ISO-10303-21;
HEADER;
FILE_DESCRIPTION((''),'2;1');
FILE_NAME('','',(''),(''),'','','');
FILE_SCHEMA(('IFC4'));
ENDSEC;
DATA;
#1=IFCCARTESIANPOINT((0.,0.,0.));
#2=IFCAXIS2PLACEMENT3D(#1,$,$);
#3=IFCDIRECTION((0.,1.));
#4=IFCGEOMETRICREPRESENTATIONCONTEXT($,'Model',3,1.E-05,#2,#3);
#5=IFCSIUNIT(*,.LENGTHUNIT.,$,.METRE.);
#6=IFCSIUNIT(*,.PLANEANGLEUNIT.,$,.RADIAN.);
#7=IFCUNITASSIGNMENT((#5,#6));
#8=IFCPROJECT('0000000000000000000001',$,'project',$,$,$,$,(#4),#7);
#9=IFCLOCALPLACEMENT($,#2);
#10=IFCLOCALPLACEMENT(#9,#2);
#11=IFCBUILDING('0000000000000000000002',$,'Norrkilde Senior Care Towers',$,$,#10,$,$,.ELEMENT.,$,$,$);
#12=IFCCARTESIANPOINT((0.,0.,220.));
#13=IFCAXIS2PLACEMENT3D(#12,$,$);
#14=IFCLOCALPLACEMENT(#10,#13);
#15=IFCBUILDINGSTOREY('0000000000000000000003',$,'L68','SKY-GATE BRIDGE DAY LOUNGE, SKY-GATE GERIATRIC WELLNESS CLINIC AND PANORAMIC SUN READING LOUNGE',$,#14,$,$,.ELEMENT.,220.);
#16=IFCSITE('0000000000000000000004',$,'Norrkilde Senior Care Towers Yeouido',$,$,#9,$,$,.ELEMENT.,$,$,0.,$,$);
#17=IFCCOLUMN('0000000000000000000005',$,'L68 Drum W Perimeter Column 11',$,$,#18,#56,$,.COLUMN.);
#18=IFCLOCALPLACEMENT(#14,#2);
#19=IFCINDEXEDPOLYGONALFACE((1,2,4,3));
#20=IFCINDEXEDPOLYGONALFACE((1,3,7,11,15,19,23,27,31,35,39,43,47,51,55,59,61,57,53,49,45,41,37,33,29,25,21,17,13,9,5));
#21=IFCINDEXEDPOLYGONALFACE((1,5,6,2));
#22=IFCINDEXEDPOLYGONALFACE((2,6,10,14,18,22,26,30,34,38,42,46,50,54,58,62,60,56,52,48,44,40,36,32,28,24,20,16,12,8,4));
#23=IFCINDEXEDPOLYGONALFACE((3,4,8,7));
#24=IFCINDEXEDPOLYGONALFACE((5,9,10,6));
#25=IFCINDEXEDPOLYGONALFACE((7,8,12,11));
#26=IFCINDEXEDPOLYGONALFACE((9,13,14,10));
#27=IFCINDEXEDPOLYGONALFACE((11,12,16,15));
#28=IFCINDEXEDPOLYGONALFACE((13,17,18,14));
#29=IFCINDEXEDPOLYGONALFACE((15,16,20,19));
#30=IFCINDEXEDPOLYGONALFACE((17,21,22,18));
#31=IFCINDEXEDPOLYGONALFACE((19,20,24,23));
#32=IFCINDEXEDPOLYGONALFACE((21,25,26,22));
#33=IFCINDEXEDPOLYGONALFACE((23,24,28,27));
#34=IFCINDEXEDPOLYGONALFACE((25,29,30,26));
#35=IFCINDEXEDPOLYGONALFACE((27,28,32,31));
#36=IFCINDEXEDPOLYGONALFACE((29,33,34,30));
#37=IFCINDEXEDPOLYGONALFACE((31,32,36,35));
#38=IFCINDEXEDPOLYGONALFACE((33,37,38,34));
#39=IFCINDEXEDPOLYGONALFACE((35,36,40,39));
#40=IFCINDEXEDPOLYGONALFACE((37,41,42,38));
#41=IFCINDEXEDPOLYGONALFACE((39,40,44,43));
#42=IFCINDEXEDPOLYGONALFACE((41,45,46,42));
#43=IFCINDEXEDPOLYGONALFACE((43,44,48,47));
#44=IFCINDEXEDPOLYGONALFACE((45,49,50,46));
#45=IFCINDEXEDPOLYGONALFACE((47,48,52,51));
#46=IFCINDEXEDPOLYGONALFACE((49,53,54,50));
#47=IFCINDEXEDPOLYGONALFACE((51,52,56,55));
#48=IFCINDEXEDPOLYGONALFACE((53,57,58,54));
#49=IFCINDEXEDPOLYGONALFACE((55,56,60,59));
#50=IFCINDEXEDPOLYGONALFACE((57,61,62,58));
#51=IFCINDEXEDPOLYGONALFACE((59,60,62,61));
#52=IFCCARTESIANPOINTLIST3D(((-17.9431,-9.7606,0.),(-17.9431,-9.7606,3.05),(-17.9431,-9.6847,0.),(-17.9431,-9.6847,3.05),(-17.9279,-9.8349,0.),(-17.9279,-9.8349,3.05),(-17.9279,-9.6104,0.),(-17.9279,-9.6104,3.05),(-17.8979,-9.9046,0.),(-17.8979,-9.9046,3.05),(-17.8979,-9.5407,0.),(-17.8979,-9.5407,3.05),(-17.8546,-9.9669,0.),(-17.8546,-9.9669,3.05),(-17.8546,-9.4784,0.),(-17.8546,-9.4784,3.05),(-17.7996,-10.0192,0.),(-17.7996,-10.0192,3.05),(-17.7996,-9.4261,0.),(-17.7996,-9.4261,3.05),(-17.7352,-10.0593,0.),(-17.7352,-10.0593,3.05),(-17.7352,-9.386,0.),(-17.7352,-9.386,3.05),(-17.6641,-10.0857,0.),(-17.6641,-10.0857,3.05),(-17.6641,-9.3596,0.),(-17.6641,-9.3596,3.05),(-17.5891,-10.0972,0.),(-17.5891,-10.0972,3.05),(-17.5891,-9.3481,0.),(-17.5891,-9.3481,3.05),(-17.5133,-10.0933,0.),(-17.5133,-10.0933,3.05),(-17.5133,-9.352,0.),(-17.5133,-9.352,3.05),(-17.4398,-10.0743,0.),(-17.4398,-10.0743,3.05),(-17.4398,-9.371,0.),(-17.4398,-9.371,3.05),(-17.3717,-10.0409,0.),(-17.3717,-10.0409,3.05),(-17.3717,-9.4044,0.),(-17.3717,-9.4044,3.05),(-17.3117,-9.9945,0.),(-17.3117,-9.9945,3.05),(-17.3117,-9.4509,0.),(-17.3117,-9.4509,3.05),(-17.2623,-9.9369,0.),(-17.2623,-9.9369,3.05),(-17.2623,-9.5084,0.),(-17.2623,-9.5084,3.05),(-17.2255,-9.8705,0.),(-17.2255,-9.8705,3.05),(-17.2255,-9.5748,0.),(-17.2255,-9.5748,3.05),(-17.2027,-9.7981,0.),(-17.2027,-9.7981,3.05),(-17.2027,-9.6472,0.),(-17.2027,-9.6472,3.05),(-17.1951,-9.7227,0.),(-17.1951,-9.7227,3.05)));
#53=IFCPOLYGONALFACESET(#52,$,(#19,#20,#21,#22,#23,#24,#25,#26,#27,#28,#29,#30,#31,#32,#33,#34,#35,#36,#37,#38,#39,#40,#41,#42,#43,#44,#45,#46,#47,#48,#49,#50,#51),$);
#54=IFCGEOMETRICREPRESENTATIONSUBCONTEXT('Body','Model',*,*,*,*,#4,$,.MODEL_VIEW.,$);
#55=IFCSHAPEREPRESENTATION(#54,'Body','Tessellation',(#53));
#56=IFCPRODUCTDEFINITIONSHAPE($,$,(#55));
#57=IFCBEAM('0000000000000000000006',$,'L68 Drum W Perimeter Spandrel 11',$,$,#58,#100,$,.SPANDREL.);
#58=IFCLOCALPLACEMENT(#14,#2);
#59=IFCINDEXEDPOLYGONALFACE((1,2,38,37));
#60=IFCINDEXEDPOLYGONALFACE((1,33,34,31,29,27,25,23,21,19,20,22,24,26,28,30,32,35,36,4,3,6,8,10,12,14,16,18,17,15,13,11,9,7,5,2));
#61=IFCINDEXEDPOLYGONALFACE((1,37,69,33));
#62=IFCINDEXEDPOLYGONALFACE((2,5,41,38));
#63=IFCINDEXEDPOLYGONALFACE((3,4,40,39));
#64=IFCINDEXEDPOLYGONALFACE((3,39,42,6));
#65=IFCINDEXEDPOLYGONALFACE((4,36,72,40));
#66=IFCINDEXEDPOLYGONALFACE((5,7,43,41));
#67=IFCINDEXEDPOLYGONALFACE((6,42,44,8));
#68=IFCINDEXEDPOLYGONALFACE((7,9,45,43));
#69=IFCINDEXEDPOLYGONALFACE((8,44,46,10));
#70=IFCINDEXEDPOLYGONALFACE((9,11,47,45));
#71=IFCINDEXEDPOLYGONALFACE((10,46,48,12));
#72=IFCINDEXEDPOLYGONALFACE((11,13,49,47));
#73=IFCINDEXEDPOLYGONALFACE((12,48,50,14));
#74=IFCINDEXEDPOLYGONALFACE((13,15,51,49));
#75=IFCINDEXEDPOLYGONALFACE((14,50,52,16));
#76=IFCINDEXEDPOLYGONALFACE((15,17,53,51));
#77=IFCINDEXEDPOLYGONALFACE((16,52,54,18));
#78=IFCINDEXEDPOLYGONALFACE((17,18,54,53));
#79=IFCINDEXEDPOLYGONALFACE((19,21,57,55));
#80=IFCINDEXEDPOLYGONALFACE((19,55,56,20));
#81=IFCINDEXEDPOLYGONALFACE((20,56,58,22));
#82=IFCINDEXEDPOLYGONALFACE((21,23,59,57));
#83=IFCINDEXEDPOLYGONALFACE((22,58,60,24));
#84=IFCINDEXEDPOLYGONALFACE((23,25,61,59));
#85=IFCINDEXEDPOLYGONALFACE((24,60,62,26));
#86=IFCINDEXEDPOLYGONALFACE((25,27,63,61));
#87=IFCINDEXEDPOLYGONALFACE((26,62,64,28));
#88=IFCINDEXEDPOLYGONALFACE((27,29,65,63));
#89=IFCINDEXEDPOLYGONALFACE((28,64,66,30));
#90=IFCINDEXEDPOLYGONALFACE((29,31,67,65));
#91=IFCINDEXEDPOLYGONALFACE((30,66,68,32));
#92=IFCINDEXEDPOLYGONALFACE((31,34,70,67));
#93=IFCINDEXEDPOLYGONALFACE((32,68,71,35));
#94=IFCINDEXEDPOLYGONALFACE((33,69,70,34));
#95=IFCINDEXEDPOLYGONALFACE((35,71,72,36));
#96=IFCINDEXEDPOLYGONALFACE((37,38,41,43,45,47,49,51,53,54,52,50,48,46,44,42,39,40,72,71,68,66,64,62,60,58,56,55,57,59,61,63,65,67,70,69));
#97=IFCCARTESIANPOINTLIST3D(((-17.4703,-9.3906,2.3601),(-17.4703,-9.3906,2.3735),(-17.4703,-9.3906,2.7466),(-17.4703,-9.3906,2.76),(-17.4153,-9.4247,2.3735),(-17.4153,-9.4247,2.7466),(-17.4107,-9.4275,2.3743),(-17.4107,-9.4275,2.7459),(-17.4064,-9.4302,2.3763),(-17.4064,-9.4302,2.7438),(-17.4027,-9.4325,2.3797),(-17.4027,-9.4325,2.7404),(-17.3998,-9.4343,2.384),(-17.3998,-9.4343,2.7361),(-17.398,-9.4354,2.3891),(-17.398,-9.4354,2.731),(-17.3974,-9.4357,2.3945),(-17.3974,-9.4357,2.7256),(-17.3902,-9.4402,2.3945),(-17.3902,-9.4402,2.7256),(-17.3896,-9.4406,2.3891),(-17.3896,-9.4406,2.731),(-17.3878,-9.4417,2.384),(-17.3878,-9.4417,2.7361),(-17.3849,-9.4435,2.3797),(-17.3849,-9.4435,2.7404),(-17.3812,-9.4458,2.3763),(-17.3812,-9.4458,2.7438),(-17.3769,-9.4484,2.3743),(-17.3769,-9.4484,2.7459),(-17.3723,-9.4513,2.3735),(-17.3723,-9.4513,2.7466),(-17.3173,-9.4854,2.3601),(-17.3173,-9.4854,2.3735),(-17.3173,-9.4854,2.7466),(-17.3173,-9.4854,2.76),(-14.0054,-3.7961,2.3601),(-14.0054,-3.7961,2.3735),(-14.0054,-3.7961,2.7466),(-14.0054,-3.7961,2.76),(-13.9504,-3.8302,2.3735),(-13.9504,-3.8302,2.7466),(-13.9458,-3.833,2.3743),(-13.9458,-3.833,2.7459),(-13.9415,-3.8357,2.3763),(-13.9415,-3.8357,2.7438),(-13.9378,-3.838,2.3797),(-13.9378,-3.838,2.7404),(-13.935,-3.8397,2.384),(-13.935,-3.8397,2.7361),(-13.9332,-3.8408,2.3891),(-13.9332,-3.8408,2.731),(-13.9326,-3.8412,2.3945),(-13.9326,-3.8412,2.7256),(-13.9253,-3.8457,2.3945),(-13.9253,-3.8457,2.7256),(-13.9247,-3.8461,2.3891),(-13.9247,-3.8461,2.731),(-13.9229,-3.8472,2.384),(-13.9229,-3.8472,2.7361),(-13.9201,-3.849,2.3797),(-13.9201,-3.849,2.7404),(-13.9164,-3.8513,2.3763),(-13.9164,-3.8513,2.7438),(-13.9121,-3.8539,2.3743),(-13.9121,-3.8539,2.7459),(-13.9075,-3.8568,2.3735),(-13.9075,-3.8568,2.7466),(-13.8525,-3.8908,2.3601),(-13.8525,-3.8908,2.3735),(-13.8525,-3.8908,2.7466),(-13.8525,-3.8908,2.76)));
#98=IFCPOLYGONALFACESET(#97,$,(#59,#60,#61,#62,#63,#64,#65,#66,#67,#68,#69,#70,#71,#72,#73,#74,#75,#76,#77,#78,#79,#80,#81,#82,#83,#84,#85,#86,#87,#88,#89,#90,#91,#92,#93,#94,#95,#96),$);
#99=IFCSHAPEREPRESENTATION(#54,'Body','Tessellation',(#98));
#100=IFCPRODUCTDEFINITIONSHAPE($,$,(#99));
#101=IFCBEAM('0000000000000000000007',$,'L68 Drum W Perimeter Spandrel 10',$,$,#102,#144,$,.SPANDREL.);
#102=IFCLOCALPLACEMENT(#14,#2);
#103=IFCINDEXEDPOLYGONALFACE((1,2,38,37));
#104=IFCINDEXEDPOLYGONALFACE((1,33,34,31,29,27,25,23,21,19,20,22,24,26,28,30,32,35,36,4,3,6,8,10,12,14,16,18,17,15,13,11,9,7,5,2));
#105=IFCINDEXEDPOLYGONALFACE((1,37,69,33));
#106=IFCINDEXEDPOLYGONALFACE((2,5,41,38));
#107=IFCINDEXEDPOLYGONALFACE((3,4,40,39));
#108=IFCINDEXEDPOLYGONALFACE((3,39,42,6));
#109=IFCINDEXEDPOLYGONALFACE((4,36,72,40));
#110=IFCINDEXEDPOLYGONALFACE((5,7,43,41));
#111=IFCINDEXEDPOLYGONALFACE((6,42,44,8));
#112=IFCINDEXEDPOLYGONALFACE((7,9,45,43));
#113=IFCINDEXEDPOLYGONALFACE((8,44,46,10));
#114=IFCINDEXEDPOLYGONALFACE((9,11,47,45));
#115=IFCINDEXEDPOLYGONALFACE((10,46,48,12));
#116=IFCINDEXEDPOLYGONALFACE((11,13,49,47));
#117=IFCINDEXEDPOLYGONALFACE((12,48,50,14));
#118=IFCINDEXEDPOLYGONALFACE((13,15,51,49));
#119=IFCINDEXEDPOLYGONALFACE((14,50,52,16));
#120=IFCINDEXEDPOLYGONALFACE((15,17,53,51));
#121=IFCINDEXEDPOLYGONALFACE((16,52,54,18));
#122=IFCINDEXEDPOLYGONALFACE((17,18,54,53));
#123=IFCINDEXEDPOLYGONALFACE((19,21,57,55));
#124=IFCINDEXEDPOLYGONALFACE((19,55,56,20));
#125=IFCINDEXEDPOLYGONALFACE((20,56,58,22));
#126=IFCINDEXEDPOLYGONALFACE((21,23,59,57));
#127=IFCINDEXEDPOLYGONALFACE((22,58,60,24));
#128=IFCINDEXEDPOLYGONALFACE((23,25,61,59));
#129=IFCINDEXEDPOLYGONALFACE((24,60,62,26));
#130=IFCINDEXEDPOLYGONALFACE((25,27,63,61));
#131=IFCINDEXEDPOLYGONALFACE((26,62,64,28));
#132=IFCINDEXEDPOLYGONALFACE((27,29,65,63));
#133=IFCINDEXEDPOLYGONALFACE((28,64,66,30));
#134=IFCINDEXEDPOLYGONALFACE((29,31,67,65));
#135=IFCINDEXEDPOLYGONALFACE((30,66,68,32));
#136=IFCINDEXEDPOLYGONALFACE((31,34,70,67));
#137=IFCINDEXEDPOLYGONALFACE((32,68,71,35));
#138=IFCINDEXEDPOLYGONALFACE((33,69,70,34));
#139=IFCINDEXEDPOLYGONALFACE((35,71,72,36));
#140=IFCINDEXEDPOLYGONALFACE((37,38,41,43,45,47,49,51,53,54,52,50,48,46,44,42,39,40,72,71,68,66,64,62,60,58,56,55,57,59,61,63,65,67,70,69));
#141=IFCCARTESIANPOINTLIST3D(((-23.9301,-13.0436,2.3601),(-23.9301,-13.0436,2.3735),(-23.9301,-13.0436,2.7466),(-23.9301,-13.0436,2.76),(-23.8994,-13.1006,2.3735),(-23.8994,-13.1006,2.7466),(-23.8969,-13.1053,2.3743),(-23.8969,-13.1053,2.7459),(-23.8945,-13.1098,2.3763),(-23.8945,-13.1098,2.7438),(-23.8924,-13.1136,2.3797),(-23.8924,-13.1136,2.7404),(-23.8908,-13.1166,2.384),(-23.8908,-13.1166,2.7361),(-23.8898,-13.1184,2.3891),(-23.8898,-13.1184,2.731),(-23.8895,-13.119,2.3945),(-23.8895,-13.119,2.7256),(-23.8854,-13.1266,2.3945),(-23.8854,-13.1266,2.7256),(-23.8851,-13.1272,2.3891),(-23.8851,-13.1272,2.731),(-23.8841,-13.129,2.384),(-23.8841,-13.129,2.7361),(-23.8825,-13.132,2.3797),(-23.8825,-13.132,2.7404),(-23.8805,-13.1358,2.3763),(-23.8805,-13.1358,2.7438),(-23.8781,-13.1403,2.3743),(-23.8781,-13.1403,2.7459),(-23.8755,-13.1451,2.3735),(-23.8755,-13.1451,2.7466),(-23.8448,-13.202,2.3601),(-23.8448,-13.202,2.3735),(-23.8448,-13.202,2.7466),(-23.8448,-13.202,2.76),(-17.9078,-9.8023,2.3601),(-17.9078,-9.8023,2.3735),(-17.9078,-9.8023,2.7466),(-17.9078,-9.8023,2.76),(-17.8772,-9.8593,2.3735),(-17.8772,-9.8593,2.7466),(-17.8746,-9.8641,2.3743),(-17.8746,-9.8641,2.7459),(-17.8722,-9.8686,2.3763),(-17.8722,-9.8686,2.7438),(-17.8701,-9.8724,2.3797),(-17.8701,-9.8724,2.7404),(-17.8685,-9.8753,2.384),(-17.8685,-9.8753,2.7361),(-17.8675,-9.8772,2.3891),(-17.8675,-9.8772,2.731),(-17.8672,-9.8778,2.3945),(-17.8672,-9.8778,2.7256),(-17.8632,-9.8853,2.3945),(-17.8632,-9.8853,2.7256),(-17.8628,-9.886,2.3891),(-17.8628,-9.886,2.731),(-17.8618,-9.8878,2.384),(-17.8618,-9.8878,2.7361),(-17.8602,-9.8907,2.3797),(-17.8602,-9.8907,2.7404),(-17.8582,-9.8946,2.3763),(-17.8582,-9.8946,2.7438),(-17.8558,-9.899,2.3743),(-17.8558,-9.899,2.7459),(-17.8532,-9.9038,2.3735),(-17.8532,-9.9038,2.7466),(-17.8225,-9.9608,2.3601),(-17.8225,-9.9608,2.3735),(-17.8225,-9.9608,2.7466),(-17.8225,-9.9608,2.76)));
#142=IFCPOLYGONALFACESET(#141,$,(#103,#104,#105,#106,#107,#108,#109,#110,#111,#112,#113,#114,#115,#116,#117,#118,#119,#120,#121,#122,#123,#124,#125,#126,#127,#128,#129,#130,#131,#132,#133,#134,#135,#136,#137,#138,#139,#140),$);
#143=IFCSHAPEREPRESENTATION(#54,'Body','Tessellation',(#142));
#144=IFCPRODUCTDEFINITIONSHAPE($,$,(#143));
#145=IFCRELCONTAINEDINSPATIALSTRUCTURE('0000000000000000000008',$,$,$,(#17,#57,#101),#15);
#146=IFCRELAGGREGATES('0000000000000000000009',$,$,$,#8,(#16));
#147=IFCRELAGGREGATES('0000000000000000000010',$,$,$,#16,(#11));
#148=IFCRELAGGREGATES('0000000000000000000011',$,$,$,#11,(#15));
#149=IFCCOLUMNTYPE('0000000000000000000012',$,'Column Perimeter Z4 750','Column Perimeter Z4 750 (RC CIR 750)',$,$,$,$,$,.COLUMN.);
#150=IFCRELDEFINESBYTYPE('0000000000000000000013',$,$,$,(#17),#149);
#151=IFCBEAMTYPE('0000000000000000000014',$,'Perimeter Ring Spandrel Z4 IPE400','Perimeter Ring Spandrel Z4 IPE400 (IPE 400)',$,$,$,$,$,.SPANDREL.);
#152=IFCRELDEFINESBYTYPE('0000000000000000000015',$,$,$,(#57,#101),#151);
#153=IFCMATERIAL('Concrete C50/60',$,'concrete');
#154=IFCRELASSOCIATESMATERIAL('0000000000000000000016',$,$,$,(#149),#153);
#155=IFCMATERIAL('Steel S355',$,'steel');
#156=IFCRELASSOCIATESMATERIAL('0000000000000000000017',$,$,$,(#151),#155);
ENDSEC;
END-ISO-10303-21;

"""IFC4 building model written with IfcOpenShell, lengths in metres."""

from ifc_helpers import new_model, si_unit, direction, frame, origin, origin_2d, place, context, subcontext, project, spatial, circle, i_section, extrude, source, transform, mapped, material, material_profile, profile_set, type_object, type_shapes, element, save


model = new_model("IFC4")

# Units and contexts
model_context = context("Model", 3, precision=1e-05, world=origin(), true_north=direction((0.0, 1.0)))
body_context = subcontext(model_context, "Body", "Model", "MODEL_VIEW")
ifc_project = project(units=[si_unit("LENGTHUNIT", "METRE"), si_unit("PLANEANGLEUNIT", "RADIAN")], contexts=[model_context])

# Site, building, storey
site_placement = place(None, origin())
site = spatial("IfcSite", under=ifc_project, at=site_placement, Name="Norrkilde Senior Care Towers Yeouido", CompositionType="ELEMENT", RefElevation=0.0)
building_placement = place(site_placement, origin())
building = spatial("IfcBuilding", under=site, at=building_placement, Name="Norrkilde Senior Care Towers", CompositionType="ELEMENT")
storey_placement = place(building_placement, frame((0.0, 0.0, 220.0)))
storey = spatial("IfcBuildingStorey", under=building, at=storey_placement, Name="L68", Description="SKY-GATE BRIDGE DAY LOUNGE, SKY-GATE GERIATRIC WELLNESS CLINIC AND PANORAMIC SUN READING LOUNGE", CompositionType="ELEMENT", Elevation=220.0)

# Column
ifc_material_1 = material(Name="Concrete C50/60", Category="concrete")
ifc_material_profile_1 = material_profile(ifc_material_1, circle(Radius=0.375, at=origin_2d()), Name="RC CIR 750")
ifc_profile_set_1 = profile_set([ifc_material_profile_1], Name="Concrete C50/60")
column_type = type_object("IfcColumnType", Name="Column Perimeter Z4 750", Description="Column Perimeter Z4 750 (RC CIR 750)", PredefinedType="COLUMN", material=ifc_profile_set_1)
shared_shape_1 = source(origin(), body_context, "Body", "SweptSolid", [
    extrude(circle(Radius=0.375, at=origin_2d()), origin(), (0.0, 0.0, 1.0), 3.05),
])
type_shapes(column_type, [shared_shape_1])
column_placement = place(storey_placement, frame((-17.5701, -9.7227, 0.0), z_axis=(0.0, 0.0, 1.0), x_axis=(1.0, 0.0, 0.0)))
element("IfcColumn", 1, at=column_placement, inside=storey, type_object=column_type, Name="L68 Drum W Perimeter Column 11", PredefinedType="COLUMN", context=body_context, shape_type="MappedRepresentation", body=[
    mapped(shared_shape_1, transform((0.0, 0.0, 0.0), x_axis=(1.0, 0.0, 0.0), y_axis=(0.0, 1.0, 0.0), z_axis=(0.0, 0.0, 1.0), scale=1.0)),
])

# Beams
ifc_material_2 = material(Name="Steel S355", Category="steel")
ifc_material_profile_2 = material_profile(ifc_material_2, i_section(OverallWidth=0.1799, OverallDepth=0.3999, WebThickness=0.0085, FlangeThickness=0.0134, FilletRadius=0.021, at=origin_2d()), Name="IPE 400")
ifc_profile_set_2 = profile_set([ifc_material_profile_2], Name="Steel S355")
beam_type_1 = type_object("IfcBeamType", Name="Perimeter Ring Spandrel Z4 IPE400", Description="Perimeter Ring Spandrel Z4 IPE400 (IPE 400)", PredefinedType="SPANDREL", material=ifc_profile_set_2)
shared_shape_2 = source(origin(), body_context, "Body", "SweptSolid", [
    extrude(i_section(OverallWidth=0.1799, OverallDepth=0.3999, WebThickness=0.0085, FlangeThickness=0.0134, FilletRadius=0.021, at=origin_2d()), origin(), (0.0, 0.0, 1.0), 6.5806),
])
beam_1_placement = place(storey_placement, frame((-17.3938, -9.438, 2.5601), z_axis=(0.52653, 0.850157, 0.0), x_axis=(-0.850157, 0.52653, 0.0)))
element("IfcBeam", 2, at=beam_1_placement, inside=storey, type_object=beam_type_1, Name="L68 Drum W Perimeter Spandrel 11", PredefinedType="SPANDREL", context=body_context, shape_type="MappedRepresentation", body=[
    mapped(shared_shape_2, transform((0.0, 0.0, 0.0), x_axis=(1.0, 0.0, 0.0), y_axis=(0.0, 1.0, 0.0), z_axis=(0.0, 0.0, 1.0), scale=1.0)),
])
shared_shape_3 = source(origin(), body_context, "Body", "SweptSolid", [
    extrude(i_section(OverallWidth=0.1799, OverallDepth=0.3999, WebThickness=0.0085, FlangeThickness=0.0134, FilletRadius=0.021, at=origin_2d()), origin(), (0.0, 0.0, 1.0), 6.8391),
])
type_shapes(beam_type_1, [shared_shape_2, shared_shape_3])
beam_2_placement = place(storey_placement, frame((-23.8875, -13.1228, 2.5601), z_axis=(0.880564, 0.473927, 0.0), x_axis=(-0.473927, 0.880564, 0.0)))
element("IfcBeam", 3, at=beam_2_placement, inside=storey, type_object=beam_type_1, Name="L68 Drum W Perimeter Spandrel 10", PredefinedType="SPANDREL", context=body_context, shape_type="MappedRepresentation", body=[
    mapped(shared_shape_3, transform((0.0, 0.0, 0.0), x_axis=(1.0, 0.0, 0.0), y_axis=(0.0, 1.0, 0.0), z_axis=(0.0, 0.0, 1.0), scale=1.0)),
])

save(model, "model.ifc")
